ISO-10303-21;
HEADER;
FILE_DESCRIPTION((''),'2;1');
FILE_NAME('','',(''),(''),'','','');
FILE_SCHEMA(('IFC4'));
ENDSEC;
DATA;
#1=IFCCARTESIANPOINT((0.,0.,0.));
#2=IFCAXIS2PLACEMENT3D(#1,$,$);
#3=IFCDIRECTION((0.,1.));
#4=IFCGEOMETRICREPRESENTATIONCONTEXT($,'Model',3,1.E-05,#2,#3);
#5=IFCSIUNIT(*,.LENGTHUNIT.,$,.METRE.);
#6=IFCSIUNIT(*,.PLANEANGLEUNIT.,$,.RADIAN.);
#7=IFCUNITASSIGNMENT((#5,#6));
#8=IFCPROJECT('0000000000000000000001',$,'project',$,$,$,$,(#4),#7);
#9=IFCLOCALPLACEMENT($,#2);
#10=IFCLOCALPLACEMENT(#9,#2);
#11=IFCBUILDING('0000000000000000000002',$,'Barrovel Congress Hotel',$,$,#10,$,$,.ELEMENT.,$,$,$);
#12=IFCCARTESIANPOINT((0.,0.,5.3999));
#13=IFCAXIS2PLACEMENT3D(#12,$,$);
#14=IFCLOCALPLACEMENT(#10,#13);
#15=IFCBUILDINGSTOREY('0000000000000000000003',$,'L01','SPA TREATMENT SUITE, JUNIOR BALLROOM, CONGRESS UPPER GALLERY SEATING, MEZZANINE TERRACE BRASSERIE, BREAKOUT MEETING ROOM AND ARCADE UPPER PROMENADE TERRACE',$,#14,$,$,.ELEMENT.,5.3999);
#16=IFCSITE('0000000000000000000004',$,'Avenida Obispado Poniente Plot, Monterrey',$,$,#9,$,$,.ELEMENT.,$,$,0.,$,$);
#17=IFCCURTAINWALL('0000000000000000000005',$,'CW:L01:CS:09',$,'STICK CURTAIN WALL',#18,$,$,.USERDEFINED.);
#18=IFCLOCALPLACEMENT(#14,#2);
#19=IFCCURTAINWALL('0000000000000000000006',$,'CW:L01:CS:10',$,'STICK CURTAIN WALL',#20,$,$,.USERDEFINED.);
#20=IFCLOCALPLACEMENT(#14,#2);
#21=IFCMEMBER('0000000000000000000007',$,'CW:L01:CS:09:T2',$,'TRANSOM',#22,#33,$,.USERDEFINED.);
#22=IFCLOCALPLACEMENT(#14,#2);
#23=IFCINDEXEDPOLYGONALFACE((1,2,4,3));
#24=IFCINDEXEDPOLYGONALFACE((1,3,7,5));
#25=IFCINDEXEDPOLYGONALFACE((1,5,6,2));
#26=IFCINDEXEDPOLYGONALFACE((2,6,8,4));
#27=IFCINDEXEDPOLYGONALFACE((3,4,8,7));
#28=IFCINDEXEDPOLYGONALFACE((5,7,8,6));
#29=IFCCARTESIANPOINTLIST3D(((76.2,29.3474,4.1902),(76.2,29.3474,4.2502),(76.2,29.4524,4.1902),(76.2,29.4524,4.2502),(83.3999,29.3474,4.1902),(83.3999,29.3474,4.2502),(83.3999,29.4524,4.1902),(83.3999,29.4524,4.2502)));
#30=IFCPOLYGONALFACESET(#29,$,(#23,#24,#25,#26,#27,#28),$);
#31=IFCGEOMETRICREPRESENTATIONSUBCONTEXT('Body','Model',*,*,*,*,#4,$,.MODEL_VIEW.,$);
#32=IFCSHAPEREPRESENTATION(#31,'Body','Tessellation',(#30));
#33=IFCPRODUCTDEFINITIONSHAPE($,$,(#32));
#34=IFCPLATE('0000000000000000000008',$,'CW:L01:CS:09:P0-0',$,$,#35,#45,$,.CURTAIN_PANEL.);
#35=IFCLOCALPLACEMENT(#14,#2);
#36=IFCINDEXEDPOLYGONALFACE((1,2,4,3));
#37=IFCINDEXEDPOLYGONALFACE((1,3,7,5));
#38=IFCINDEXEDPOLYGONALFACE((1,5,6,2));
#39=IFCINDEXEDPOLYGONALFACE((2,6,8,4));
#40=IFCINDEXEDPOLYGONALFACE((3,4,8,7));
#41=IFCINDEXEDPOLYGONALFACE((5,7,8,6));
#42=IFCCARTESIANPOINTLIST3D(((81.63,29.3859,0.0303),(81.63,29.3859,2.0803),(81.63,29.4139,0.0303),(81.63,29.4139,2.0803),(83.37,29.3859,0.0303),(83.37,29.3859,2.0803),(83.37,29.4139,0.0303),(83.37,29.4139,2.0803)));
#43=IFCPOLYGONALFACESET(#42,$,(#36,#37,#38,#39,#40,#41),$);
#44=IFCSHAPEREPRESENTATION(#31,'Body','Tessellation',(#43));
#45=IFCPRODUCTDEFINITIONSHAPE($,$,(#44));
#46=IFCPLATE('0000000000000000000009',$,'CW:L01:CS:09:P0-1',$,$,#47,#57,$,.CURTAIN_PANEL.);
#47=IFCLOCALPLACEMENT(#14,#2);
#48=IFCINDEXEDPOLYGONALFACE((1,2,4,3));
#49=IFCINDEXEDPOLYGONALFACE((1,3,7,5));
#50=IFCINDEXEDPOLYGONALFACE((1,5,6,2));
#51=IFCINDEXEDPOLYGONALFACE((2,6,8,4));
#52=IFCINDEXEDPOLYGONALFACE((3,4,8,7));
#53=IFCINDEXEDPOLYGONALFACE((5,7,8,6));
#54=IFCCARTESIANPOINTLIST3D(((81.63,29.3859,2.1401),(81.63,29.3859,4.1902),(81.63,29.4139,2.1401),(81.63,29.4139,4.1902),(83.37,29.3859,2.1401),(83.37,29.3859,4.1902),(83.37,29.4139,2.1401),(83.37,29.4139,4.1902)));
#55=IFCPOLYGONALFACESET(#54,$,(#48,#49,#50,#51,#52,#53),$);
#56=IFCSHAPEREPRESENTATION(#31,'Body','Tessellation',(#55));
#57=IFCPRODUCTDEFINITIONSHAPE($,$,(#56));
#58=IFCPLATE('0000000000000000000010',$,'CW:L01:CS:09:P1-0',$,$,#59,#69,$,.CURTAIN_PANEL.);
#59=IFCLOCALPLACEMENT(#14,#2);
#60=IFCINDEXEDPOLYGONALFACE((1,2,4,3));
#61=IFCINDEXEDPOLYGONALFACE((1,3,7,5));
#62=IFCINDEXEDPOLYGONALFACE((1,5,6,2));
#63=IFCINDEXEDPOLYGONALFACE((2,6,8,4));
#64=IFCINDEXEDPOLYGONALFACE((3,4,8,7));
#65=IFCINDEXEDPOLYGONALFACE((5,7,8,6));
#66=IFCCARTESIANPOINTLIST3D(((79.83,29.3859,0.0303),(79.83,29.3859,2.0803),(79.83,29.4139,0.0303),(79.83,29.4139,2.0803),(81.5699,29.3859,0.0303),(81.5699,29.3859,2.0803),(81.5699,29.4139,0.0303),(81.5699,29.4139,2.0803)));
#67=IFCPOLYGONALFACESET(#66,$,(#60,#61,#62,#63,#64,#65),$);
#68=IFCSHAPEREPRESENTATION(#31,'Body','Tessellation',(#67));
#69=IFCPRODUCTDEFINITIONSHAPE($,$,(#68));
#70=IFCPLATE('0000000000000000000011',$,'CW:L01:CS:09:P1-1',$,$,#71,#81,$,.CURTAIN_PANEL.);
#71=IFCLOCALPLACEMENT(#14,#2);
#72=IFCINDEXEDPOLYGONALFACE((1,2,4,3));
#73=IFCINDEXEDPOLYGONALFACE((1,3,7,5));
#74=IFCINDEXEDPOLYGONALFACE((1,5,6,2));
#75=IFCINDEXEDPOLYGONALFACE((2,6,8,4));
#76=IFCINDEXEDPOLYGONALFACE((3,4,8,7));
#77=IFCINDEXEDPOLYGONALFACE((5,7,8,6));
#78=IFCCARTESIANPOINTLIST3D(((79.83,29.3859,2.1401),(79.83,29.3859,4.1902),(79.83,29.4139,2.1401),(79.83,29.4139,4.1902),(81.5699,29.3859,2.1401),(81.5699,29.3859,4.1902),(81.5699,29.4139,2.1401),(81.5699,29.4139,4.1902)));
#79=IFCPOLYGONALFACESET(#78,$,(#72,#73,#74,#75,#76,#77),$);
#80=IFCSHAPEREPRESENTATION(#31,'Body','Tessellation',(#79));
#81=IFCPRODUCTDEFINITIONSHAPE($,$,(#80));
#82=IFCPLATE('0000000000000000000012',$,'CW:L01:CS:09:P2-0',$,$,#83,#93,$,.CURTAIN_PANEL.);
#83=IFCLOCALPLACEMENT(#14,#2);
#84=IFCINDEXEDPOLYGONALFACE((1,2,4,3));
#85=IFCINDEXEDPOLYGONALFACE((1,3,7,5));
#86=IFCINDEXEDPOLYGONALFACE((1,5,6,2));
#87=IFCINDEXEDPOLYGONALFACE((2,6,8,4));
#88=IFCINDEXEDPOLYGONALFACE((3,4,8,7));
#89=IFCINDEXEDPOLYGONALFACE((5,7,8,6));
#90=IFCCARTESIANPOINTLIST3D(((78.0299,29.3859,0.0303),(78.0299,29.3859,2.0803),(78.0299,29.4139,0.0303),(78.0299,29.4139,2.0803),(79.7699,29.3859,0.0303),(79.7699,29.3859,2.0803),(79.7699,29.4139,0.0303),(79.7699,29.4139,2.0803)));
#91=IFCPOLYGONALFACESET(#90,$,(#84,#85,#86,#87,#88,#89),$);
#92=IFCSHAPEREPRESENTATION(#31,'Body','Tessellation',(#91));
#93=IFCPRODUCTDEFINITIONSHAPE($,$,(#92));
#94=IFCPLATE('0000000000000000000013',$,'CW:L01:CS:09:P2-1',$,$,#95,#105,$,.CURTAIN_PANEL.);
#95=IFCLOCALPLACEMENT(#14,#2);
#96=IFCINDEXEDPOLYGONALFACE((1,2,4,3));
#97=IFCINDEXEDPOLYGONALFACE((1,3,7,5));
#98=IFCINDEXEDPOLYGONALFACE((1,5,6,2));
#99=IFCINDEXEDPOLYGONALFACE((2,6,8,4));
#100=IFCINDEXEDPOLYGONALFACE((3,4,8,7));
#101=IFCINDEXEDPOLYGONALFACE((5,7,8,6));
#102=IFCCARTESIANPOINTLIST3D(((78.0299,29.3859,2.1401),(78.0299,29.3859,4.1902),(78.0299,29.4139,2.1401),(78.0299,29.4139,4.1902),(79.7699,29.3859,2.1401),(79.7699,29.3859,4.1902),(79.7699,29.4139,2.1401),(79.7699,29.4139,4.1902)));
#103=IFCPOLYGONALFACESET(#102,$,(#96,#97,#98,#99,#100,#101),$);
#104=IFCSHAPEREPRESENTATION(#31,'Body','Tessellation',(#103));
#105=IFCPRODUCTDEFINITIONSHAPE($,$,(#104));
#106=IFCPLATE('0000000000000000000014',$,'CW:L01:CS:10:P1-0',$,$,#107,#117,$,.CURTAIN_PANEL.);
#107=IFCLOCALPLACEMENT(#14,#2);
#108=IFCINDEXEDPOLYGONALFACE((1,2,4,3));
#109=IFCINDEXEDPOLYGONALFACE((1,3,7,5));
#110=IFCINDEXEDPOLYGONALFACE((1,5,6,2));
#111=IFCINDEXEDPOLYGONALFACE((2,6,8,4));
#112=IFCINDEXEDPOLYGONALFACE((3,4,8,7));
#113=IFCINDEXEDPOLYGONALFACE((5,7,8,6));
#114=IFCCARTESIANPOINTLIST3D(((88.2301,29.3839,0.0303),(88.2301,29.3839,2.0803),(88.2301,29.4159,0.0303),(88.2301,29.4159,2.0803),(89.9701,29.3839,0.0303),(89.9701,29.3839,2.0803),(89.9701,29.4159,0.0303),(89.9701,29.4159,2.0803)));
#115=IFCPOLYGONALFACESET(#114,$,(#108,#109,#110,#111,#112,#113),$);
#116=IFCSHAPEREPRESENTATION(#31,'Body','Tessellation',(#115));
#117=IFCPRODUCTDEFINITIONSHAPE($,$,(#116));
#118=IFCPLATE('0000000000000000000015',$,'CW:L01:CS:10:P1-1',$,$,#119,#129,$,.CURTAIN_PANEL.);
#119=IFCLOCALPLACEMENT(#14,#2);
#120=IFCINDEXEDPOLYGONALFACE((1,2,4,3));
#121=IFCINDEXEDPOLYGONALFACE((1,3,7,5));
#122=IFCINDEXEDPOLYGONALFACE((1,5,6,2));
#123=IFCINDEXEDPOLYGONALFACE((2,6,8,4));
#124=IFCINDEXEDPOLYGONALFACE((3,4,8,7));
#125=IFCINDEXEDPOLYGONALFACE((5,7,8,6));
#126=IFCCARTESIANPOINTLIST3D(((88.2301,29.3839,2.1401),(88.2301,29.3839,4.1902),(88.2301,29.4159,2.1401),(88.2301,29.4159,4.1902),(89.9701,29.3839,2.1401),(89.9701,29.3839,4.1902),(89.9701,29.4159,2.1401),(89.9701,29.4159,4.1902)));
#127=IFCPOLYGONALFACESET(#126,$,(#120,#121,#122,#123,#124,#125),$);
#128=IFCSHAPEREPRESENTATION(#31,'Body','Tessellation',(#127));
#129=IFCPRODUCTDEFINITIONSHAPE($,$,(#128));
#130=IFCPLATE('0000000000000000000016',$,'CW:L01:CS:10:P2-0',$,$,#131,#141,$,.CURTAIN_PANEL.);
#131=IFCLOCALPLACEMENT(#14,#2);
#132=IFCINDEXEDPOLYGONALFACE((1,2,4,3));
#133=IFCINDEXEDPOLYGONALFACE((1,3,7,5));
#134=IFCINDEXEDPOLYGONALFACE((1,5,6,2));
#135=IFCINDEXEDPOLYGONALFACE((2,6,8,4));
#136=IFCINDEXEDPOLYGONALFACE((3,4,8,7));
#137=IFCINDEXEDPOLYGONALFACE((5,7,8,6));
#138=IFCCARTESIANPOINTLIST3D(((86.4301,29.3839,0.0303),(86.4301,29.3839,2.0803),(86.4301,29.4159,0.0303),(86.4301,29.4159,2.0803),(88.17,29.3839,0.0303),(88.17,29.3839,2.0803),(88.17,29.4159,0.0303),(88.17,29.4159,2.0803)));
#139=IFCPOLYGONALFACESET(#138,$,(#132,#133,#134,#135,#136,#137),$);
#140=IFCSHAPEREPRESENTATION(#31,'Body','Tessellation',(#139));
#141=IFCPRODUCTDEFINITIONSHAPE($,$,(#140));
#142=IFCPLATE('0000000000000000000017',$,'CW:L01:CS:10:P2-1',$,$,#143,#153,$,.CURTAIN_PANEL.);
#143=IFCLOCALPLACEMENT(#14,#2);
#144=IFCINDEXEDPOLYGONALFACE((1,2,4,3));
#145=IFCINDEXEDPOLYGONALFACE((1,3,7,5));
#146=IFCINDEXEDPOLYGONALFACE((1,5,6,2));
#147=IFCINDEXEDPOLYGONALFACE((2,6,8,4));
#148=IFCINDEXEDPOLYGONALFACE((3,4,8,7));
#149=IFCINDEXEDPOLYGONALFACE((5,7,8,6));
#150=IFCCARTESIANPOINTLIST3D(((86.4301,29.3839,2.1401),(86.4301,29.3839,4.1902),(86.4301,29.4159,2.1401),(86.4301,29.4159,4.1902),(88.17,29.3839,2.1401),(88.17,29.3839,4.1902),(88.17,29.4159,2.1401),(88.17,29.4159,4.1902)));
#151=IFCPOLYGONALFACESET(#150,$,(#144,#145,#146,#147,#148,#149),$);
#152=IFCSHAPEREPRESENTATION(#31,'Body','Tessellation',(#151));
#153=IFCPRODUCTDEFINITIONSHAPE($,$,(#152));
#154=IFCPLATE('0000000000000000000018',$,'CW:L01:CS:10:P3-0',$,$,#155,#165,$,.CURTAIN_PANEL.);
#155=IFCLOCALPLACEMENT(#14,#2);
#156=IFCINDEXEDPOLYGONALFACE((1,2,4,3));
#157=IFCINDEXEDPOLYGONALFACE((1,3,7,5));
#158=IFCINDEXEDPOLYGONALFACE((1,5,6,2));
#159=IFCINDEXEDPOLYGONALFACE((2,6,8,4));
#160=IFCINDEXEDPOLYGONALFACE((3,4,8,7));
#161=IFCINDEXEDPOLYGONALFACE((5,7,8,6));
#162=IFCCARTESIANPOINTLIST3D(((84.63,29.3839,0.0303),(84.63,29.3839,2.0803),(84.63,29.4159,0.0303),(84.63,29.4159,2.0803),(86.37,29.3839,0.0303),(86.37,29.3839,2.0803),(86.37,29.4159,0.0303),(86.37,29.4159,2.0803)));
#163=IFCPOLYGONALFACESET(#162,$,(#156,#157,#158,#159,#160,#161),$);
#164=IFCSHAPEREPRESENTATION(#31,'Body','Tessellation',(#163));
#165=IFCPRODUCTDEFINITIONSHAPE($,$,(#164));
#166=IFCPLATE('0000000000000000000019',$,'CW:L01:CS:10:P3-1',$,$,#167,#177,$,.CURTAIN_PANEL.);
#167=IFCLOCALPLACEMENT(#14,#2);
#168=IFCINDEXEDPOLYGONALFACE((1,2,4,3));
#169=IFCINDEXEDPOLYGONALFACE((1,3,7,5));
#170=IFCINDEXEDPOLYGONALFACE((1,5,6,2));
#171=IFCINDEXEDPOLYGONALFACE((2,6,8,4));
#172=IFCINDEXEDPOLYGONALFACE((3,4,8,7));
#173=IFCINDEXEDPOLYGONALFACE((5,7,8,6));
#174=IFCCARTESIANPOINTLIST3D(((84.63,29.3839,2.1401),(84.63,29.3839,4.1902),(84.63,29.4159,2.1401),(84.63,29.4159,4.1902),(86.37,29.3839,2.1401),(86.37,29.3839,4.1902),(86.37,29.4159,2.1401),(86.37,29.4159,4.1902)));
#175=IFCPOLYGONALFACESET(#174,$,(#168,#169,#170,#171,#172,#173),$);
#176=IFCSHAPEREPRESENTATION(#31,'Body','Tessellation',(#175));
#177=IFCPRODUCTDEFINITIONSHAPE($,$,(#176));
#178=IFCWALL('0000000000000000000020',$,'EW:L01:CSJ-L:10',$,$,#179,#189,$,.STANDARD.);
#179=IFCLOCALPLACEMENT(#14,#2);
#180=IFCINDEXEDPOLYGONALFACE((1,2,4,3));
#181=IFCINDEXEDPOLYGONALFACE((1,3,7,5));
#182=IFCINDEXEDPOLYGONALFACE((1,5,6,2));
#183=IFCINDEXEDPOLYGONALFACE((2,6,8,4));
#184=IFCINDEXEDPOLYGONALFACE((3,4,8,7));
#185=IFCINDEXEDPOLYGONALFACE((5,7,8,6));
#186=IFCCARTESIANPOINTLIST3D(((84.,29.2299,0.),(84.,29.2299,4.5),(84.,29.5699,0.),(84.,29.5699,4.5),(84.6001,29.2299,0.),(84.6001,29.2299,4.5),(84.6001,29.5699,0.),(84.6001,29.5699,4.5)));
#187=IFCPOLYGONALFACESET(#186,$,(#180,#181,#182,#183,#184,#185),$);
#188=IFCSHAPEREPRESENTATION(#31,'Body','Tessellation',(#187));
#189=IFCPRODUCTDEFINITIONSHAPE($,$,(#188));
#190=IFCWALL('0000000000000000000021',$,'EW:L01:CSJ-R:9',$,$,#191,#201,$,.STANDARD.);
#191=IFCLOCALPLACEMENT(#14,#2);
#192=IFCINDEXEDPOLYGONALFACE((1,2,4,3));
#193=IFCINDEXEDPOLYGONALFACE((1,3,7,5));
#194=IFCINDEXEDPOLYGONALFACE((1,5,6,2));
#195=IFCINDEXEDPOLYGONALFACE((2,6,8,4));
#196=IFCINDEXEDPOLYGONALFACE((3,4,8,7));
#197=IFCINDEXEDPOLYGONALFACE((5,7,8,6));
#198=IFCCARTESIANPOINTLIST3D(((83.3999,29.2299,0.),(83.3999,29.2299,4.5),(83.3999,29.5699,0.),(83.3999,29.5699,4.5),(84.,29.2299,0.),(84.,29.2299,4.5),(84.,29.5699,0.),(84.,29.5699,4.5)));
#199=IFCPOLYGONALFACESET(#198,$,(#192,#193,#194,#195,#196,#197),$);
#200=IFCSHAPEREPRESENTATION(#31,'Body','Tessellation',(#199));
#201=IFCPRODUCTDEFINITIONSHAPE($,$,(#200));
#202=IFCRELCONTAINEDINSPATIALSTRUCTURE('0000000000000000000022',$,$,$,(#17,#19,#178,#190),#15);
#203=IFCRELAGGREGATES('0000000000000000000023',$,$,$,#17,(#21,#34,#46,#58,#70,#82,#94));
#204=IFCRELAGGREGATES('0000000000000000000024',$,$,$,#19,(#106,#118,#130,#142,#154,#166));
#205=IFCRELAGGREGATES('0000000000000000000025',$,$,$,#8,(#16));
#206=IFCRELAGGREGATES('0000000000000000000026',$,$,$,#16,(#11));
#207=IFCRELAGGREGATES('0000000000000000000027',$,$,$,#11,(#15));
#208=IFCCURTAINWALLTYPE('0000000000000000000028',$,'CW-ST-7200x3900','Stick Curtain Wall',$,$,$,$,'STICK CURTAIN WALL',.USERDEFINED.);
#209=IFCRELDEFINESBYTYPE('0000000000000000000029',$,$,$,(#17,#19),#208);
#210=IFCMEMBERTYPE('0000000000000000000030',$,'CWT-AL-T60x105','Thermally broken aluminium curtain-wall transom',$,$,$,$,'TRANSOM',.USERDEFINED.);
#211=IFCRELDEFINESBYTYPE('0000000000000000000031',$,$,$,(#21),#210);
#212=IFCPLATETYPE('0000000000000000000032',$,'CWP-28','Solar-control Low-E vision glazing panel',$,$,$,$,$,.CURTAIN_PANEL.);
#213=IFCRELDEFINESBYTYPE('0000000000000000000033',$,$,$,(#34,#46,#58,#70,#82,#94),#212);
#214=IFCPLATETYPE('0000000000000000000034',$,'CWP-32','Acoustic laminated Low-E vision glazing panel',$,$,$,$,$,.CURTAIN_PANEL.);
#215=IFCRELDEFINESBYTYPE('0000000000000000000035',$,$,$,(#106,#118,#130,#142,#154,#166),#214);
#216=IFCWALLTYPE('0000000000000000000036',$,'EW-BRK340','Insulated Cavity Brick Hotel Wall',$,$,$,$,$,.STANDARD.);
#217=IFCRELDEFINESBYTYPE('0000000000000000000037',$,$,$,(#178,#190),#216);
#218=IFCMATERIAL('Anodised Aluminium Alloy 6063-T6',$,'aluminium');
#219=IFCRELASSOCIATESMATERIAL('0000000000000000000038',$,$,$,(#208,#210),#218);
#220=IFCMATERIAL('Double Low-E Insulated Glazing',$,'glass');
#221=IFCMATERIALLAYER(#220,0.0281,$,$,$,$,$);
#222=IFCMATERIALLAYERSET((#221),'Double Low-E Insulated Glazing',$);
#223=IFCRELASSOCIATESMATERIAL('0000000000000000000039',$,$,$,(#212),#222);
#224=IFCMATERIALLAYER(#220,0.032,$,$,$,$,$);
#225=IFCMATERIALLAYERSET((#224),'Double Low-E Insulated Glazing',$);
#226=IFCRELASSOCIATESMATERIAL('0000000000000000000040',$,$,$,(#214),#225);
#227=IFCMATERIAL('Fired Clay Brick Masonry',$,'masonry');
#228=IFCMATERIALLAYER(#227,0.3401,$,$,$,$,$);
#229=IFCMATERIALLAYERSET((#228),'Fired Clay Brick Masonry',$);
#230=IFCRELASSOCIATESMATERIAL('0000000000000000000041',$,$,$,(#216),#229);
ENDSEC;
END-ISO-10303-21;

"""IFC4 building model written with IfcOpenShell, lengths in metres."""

from ifc_helpers import new_model, si_unit, direction, frame, frame_2d, origin, origin_2d, place, context, subcontext, project, spatial, rectangle, extrude, material, layer, layer_set, material_profile, profile_set, type_object, element, aggregate, save


model = new_model("IFC4")

# Units and contexts
model_context = context("Model", 3, precision=1e-05, world=origin(), true_north=direction((0.0, 1.0)))
body_context = subcontext(model_context, "Body", "Model", "MODEL_VIEW")
ifc_project = project(units=[si_unit("LENGTHUNIT", "METRE"), si_unit("PLANEANGLEUNIT", "RADIAN")], contexts=[model_context])

# Site, building, storey
site_placement = place(None, origin())
site = spatial("IfcSite", under=ifc_project, at=site_placement, Name="Avenida Obispado Poniente Plot, Monterrey", CompositionType="ELEMENT", RefElevation=0.0)
building_placement = place(site_placement, origin())
building = spatial("IfcBuilding", under=site, at=building_placement, Name="Barrovel Congress Hotel", CompositionType="ELEMENT")
storey_placement = place(building_placement, frame((0.0, 0.0, 5.3999)))
storey = spatial("IfcBuildingStorey", under=building, at=storey_placement, Name="L01", Description="SPA TREATMENT SUITE, JUNIOR BALLROOM, CONGRESS UPPER GALLERY SEATING, MEZZANINE TERRACE BRASSERIE, BREAKOUT MEETING ROOM AND ARCADE UPPER PROMENADE TERRACE", CompositionType="ELEMENT", Elevation=5.3999)

# Curtain walls
ifc_material_1 = material(Name="Anodised Aluminium Alloy 6063-T6", Category="aluminium")
curtain_wall_type = type_object("IfcCurtainWallType", Name="CW-ST-7200x3900", Description="Stick Curtain Wall", ElementType="STICK CURTAIN WALL", PredefinedType="USERDEFINED", material=ifc_material_1)
curtain_wall_1_placement = place(storey_placement, origin())
curtain_wall_1 = element("IfcCurtainWall", 1, at=curtain_wall_1_placement, inside=storey, type_object=curtain_wall_type, Name="CW:L01:CS:09", ObjectType="STICK CURTAIN WALL", PredefinedType="USERDEFINED")
curtain_wall_2_placement = place(storey_placement, origin())
curtain_wall_2 = element("IfcCurtainWall", 2, at=curtain_wall_2_placement, inside=storey, type_object=curtain_wall_type, Name="CW:L01:CS:10", ObjectType="STICK CURTAIN WALL", PredefinedType="USERDEFINED")

# Member
ifc_material_profile_1 = material_profile(ifc_material_1, rectangle(XDim=0.105, YDim=0.0601, at=origin_2d()), Name="AL-T60x105")
ifc_profile_set_1 = profile_set([ifc_material_profile_1], Name="Anodised Aluminium Alloy 6063-T6")
member_type_1 = type_object("IfcMemberType", Name="CWT-AL-T60x105", Description="Thermally broken aluminium curtain-wall transom", ElementType="TRANSOM", PredefinedType="USERDEFINED", material=ifc_profile_set_1)
member_1_placement = place(storey_placement, frame((83.3999, 29.3999, 4.2202), z_axis=(-1.0, 0.0, 0.0), x_axis=(0.0, -1.0, 0.0)))
member_1 = element("IfcMember", 3, at=member_1_placement, type_object=member_type_1, Name="CW:L01:CS:09:T2", ObjectType="TRANSOM", PredefinedType="USERDEFINED", context=body_context, shape_type="SweptSolid", body=[
    extrude(rectangle(XDim=0.105, YDim=0.0601, at=origin_2d()), origin(), (0.0, 0.0, 1.0), 7.2),
])

# Plates
ifc_material_2 = material(Name="Double Low-E Insulated Glazing", Category="glass")
ifc_layer_1 = layer(ifc_material_2, 0.0281)
ifc_layer_set_1 = layer_set([ifc_layer_1], Name="Double Low-E Insulated Glazing")
plate_type_1 = type_object("IfcPlateType", Name="CWP-28", Description="Solar-control Low-E vision glazing panel", PredefinedType="CURTAIN_PANEL", material=ifc_layer_set_1)
plate_1_placement = place(storey_placement, frame((82.5, 29.3999, 0.0303), z_axis=(0.0, 0.0, 1.0), x_axis=(-1.0, 0.0, 0.0)))
plate_1 = element("IfcPlate", 4, at=plate_1_placement, type_object=plate_type_1, Name="CW:L01:CS:09:P0-0", PredefinedType="CURTAIN_PANEL", context=body_context, shape_type="SweptSolid", body=[
    extrude(rectangle(XDim=1.74, YDim=0.0281, at=origin_2d()), origin(), (0.0, 0.0, 1.0), 2.05),
])
plate_2_placement = place(storey_placement, frame((82.5, 29.3999, 2.1401), z_axis=(0.0, 0.0, 1.0), x_axis=(-1.0, 0.0, 0.0)))
plate_2 = element("IfcPlate", 5, at=plate_2_placement, type_object=plate_type_1, Name="CW:L01:CS:09:P0-1", PredefinedType="CURTAIN_PANEL", context=body_context, shape_type="SweptSolid", body=[
    extrude(rectangle(XDim=1.74, YDim=0.0281, at=origin_2d()), origin(), (0.0, 0.0, 1.0), 2.05),
])
plate_3_placement = place(storey_placement, frame((80.7, 29.3999, 0.0303), z_axis=(0.0, 0.0, 1.0), x_axis=(-1.0, 0.0, 0.0)))
plate_3 = element("IfcPlate", 6, at=plate_3_placement, type_object=plate_type_1, Name="CW:L01:CS:09:P1-0", PredefinedType="CURTAIN_PANEL", context=body_context, shape_type="SweptSolid", body=[
    extrude(rectangle(XDim=1.74, YDim=0.0281, at=origin_2d()), origin(), (0.0, 0.0, 1.0), 2.05),
])
plate_4_placement = place(storey_placement, frame((80.7, 29.3999, 2.1401), z_axis=(0.0, 0.0, 1.0), x_axis=(-1.0, 0.0, 0.0)))
plate_4 = element("IfcPlate", 7, at=plate_4_placement, type_object=plate_type_1, Name="CW:L01:CS:09:P1-1", PredefinedType="CURTAIN_PANEL", context=body_context, shape_type="SweptSolid", body=[
    extrude(rectangle(XDim=1.74, YDim=0.0281, at=origin_2d()), origin(), (0.0, 0.0, 1.0), 2.05),
])
plate_5_placement = place(storey_placement, frame((78.8999, 29.3999, 0.0303), z_axis=(0.0, 0.0, 1.0), x_axis=(-1.0, 0.0, 0.0)))
plate_5 = element("IfcPlate", 8, at=plate_5_placement, type_object=plate_type_1, Name="CW:L01:CS:09:P2-0", PredefinedType="CURTAIN_PANEL", context=body_context, shape_type="SweptSolid", body=[
    extrude(rectangle(XDim=1.74, YDim=0.0281, at=origin_2d()), origin(), (0.0, 0.0, 1.0), 2.05),
])
plate_6_placement = place(storey_placement, frame((78.8999, 29.3999, 2.1401), z_axis=(0.0, 0.0, 1.0), x_axis=(-1.0, 0.0, 0.0)))
plate_6 = element("IfcPlate", 9, at=plate_6_placement, type_object=plate_type_1, Name="CW:L01:CS:09:P2-1", PredefinedType="CURTAIN_PANEL", context=body_context, shape_type="SweptSolid", body=[
    extrude(rectangle(XDim=1.74, YDim=0.0281, at=origin_2d()), origin(), (0.0, 0.0, 1.0), 2.05),
])
aggregate(curtain_wall_1, [member_1, plate_1, plate_2, plate_3, plate_4, plate_5, plate_6])
ifc_layer_2 = layer(ifc_material_2, 0.032)
ifc_layer_set_2 = layer_set([ifc_layer_2], Name="Double Low-E Insulated Glazing")
plate_type_2 = type_object("IfcPlateType", Name="CWP-32", Description="Acoustic laminated Low-E vision glazing panel", PredefinedType="CURTAIN_PANEL", material=ifc_layer_set_2)
plate_7_placement = place(storey_placement, frame((89.1001, 29.3999, 0.0303), z_axis=(0.0, 0.0, 1.0), x_axis=(-1.0, 0.0, 0.0)))
plate_7 = element("IfcPlate", 10, at=plate_7_placement, type_object=plate_type_2, Name="CW:L01:CS:10:P1-0", PredefinedType="CURTAIN_PANEL", context=body_context, shape_type="SweptSolid", body=[
    extrude(rectangle(XDim=1.74, YDim=0.032, at=origin_2d()), origin(), (0.0, 0.0, 1.0), 2.05),
])
plate_8_placement = place(storey_placement, frame((89.1001, 29.3999, 2.1401), z_axis=(0.0, 0.0, 1.0), x_axis=(-1.0, 0.0, 0.0)))
plate_8 = element("IfcPlate", 11, at=plate_8_placement, type_object=plate_type_2, Name="CW:L01:CS:10:P1-1", PredefinedType="CURTAIN_PANEL", context=body_context, shape_type="SweptSolid", body=[
    extrude(rectangle(XDim=1.74, YDim=0.032, at=origin_2d()), origin(), (0.0, 0.0, 1.0), 2.05),
])
plate_9_placement = place(storey_placement, frame((87.3, 29.3999, 0.0303), z_axis=(0.0, 0.0, 1.0), x_axis=(-1.0, 0.0, 0.0)))
plate_9 = element("IfcPlate", 12, at=plate_9_placement, type_object=plate_type_2, Name="CW:L01:CS:10:P2-0", PredefinedType="CURTAIN_PANEL", context=body_context, shape_type="SweptSolid", body=[
    extrude(rectangle(XDim=1.74, YDim=0.032, at=origin_2d()), origin(), (0.0, 0.0, 1.0), 2.05),
])
plate_10_placement = place(storey_placement, frame((87.3, 29.3999, 2.1401), z_axis=(0.0, 0.0, 1.0), x_axis=(-1.0, 0.0, 0.0)))
plate_10 = element("IfcPlate", 13, at=plate_10_placement, type_object=plate_type_2, Name="CW:L01:CS:10:P2-1", PredefinedType="CURTAIN_PANEL", context=body_context, shape_type="SweptSolid", body=[
    extrude(rectangle(XDim=1.74, YDim=0.032, at=origin_2d()), origin(), (0.0, 0.0, 1.0), 2.05),
])
plate_11_placement = place(storey_placement, frame((85.5, 29.3999, 0.0303), z_axis=(0.0, 0.0, 1.0), x_axis=(-1.0, 0.0, 0.0)))
plate_11 = element("IfcPlate", 14, at=plate_11_placement, type_object=plate_type_2, Name="CW:L01:CS:10:P3-0", PredefinedType="CURTAIN_PANEL", context=body_context, shape_type="SweptSolid", body=[
    extrude(rectangle(XDim=1.74, YDim=0.032, at=origin_2d()), origin(), (0.0, 0.0, 1.0), 2.05),
])
plate_12_placement = place(storey_placement, frame((85.5, 29.3999, 2.1401), z_axis=(0.0, 0.0, 1.0), x_axis=(-1.0, 0.0, 0.0)))
plate_12 = element("IfcPlate", 15, at=plate_12_placement, type_object=plate_type_2, Name="CW:L01:CS:10:P3-1", PredefinedType="CURTAIN_PANEL", context=body_context, shape_type="SweptSolid", body=[
    extrude(rectangle(XDim=1.74, YDim=0.032, at=origin_2d()), origin(), (0.0, 0.0, 1.0), 2.05),
])
aggregate(curtain_wall_2, [plate_7, plate_8, plate_9, plate_10, plate_11, plate_12])

# Walls
ifc_material_3 = material(Name="Fired Clay Brick Masonry", Category="masonry")
ifc_layer_3 = layer(ifc_material_3, 0.3401)
ifc_layer_set_3 = layer_set([ifc_layer_3], Name="Fired Clay Brick Masonry")
wall_type = type_object("IfcWallType", Name="EW-BRK340", Description="Insulated Cavity Brick Hotel Wall", PredefinedType="STANDARD", material=ifc_layer_set_3)
for number, where, z_axis, x_axis, name in (
    (16, (84.6001, 29.3999, 0.0), (0.0, 0.0, 1.0), (-1.0, 0.0, 0.0), "EW:L01:CSJ-L:10"),
    (17, (84.0, 29.3999, 0.0), (0.0, 0.0, 1.0), (-1.0, 0.0, 0.0), "EW:L01:CSJ-R:9"),
):
    element("IfcWall", number, at=place(storey_placement, frame(where, z_axis=z_axis, x_axis=x_axis)), inside=storey, type_object=wall_type, Name=name, PredefinedType="STANDARD", context=body_context, shape_type="SweptSolid", body=[
        extrude(rectangle(XDim=0.6001, YDim=0.3401, at=frame_2d((0.3, 0.0))), origin(), (0.0, 0.0, 1.0), 4.5),
    ])

save(model, "model.ifc")
